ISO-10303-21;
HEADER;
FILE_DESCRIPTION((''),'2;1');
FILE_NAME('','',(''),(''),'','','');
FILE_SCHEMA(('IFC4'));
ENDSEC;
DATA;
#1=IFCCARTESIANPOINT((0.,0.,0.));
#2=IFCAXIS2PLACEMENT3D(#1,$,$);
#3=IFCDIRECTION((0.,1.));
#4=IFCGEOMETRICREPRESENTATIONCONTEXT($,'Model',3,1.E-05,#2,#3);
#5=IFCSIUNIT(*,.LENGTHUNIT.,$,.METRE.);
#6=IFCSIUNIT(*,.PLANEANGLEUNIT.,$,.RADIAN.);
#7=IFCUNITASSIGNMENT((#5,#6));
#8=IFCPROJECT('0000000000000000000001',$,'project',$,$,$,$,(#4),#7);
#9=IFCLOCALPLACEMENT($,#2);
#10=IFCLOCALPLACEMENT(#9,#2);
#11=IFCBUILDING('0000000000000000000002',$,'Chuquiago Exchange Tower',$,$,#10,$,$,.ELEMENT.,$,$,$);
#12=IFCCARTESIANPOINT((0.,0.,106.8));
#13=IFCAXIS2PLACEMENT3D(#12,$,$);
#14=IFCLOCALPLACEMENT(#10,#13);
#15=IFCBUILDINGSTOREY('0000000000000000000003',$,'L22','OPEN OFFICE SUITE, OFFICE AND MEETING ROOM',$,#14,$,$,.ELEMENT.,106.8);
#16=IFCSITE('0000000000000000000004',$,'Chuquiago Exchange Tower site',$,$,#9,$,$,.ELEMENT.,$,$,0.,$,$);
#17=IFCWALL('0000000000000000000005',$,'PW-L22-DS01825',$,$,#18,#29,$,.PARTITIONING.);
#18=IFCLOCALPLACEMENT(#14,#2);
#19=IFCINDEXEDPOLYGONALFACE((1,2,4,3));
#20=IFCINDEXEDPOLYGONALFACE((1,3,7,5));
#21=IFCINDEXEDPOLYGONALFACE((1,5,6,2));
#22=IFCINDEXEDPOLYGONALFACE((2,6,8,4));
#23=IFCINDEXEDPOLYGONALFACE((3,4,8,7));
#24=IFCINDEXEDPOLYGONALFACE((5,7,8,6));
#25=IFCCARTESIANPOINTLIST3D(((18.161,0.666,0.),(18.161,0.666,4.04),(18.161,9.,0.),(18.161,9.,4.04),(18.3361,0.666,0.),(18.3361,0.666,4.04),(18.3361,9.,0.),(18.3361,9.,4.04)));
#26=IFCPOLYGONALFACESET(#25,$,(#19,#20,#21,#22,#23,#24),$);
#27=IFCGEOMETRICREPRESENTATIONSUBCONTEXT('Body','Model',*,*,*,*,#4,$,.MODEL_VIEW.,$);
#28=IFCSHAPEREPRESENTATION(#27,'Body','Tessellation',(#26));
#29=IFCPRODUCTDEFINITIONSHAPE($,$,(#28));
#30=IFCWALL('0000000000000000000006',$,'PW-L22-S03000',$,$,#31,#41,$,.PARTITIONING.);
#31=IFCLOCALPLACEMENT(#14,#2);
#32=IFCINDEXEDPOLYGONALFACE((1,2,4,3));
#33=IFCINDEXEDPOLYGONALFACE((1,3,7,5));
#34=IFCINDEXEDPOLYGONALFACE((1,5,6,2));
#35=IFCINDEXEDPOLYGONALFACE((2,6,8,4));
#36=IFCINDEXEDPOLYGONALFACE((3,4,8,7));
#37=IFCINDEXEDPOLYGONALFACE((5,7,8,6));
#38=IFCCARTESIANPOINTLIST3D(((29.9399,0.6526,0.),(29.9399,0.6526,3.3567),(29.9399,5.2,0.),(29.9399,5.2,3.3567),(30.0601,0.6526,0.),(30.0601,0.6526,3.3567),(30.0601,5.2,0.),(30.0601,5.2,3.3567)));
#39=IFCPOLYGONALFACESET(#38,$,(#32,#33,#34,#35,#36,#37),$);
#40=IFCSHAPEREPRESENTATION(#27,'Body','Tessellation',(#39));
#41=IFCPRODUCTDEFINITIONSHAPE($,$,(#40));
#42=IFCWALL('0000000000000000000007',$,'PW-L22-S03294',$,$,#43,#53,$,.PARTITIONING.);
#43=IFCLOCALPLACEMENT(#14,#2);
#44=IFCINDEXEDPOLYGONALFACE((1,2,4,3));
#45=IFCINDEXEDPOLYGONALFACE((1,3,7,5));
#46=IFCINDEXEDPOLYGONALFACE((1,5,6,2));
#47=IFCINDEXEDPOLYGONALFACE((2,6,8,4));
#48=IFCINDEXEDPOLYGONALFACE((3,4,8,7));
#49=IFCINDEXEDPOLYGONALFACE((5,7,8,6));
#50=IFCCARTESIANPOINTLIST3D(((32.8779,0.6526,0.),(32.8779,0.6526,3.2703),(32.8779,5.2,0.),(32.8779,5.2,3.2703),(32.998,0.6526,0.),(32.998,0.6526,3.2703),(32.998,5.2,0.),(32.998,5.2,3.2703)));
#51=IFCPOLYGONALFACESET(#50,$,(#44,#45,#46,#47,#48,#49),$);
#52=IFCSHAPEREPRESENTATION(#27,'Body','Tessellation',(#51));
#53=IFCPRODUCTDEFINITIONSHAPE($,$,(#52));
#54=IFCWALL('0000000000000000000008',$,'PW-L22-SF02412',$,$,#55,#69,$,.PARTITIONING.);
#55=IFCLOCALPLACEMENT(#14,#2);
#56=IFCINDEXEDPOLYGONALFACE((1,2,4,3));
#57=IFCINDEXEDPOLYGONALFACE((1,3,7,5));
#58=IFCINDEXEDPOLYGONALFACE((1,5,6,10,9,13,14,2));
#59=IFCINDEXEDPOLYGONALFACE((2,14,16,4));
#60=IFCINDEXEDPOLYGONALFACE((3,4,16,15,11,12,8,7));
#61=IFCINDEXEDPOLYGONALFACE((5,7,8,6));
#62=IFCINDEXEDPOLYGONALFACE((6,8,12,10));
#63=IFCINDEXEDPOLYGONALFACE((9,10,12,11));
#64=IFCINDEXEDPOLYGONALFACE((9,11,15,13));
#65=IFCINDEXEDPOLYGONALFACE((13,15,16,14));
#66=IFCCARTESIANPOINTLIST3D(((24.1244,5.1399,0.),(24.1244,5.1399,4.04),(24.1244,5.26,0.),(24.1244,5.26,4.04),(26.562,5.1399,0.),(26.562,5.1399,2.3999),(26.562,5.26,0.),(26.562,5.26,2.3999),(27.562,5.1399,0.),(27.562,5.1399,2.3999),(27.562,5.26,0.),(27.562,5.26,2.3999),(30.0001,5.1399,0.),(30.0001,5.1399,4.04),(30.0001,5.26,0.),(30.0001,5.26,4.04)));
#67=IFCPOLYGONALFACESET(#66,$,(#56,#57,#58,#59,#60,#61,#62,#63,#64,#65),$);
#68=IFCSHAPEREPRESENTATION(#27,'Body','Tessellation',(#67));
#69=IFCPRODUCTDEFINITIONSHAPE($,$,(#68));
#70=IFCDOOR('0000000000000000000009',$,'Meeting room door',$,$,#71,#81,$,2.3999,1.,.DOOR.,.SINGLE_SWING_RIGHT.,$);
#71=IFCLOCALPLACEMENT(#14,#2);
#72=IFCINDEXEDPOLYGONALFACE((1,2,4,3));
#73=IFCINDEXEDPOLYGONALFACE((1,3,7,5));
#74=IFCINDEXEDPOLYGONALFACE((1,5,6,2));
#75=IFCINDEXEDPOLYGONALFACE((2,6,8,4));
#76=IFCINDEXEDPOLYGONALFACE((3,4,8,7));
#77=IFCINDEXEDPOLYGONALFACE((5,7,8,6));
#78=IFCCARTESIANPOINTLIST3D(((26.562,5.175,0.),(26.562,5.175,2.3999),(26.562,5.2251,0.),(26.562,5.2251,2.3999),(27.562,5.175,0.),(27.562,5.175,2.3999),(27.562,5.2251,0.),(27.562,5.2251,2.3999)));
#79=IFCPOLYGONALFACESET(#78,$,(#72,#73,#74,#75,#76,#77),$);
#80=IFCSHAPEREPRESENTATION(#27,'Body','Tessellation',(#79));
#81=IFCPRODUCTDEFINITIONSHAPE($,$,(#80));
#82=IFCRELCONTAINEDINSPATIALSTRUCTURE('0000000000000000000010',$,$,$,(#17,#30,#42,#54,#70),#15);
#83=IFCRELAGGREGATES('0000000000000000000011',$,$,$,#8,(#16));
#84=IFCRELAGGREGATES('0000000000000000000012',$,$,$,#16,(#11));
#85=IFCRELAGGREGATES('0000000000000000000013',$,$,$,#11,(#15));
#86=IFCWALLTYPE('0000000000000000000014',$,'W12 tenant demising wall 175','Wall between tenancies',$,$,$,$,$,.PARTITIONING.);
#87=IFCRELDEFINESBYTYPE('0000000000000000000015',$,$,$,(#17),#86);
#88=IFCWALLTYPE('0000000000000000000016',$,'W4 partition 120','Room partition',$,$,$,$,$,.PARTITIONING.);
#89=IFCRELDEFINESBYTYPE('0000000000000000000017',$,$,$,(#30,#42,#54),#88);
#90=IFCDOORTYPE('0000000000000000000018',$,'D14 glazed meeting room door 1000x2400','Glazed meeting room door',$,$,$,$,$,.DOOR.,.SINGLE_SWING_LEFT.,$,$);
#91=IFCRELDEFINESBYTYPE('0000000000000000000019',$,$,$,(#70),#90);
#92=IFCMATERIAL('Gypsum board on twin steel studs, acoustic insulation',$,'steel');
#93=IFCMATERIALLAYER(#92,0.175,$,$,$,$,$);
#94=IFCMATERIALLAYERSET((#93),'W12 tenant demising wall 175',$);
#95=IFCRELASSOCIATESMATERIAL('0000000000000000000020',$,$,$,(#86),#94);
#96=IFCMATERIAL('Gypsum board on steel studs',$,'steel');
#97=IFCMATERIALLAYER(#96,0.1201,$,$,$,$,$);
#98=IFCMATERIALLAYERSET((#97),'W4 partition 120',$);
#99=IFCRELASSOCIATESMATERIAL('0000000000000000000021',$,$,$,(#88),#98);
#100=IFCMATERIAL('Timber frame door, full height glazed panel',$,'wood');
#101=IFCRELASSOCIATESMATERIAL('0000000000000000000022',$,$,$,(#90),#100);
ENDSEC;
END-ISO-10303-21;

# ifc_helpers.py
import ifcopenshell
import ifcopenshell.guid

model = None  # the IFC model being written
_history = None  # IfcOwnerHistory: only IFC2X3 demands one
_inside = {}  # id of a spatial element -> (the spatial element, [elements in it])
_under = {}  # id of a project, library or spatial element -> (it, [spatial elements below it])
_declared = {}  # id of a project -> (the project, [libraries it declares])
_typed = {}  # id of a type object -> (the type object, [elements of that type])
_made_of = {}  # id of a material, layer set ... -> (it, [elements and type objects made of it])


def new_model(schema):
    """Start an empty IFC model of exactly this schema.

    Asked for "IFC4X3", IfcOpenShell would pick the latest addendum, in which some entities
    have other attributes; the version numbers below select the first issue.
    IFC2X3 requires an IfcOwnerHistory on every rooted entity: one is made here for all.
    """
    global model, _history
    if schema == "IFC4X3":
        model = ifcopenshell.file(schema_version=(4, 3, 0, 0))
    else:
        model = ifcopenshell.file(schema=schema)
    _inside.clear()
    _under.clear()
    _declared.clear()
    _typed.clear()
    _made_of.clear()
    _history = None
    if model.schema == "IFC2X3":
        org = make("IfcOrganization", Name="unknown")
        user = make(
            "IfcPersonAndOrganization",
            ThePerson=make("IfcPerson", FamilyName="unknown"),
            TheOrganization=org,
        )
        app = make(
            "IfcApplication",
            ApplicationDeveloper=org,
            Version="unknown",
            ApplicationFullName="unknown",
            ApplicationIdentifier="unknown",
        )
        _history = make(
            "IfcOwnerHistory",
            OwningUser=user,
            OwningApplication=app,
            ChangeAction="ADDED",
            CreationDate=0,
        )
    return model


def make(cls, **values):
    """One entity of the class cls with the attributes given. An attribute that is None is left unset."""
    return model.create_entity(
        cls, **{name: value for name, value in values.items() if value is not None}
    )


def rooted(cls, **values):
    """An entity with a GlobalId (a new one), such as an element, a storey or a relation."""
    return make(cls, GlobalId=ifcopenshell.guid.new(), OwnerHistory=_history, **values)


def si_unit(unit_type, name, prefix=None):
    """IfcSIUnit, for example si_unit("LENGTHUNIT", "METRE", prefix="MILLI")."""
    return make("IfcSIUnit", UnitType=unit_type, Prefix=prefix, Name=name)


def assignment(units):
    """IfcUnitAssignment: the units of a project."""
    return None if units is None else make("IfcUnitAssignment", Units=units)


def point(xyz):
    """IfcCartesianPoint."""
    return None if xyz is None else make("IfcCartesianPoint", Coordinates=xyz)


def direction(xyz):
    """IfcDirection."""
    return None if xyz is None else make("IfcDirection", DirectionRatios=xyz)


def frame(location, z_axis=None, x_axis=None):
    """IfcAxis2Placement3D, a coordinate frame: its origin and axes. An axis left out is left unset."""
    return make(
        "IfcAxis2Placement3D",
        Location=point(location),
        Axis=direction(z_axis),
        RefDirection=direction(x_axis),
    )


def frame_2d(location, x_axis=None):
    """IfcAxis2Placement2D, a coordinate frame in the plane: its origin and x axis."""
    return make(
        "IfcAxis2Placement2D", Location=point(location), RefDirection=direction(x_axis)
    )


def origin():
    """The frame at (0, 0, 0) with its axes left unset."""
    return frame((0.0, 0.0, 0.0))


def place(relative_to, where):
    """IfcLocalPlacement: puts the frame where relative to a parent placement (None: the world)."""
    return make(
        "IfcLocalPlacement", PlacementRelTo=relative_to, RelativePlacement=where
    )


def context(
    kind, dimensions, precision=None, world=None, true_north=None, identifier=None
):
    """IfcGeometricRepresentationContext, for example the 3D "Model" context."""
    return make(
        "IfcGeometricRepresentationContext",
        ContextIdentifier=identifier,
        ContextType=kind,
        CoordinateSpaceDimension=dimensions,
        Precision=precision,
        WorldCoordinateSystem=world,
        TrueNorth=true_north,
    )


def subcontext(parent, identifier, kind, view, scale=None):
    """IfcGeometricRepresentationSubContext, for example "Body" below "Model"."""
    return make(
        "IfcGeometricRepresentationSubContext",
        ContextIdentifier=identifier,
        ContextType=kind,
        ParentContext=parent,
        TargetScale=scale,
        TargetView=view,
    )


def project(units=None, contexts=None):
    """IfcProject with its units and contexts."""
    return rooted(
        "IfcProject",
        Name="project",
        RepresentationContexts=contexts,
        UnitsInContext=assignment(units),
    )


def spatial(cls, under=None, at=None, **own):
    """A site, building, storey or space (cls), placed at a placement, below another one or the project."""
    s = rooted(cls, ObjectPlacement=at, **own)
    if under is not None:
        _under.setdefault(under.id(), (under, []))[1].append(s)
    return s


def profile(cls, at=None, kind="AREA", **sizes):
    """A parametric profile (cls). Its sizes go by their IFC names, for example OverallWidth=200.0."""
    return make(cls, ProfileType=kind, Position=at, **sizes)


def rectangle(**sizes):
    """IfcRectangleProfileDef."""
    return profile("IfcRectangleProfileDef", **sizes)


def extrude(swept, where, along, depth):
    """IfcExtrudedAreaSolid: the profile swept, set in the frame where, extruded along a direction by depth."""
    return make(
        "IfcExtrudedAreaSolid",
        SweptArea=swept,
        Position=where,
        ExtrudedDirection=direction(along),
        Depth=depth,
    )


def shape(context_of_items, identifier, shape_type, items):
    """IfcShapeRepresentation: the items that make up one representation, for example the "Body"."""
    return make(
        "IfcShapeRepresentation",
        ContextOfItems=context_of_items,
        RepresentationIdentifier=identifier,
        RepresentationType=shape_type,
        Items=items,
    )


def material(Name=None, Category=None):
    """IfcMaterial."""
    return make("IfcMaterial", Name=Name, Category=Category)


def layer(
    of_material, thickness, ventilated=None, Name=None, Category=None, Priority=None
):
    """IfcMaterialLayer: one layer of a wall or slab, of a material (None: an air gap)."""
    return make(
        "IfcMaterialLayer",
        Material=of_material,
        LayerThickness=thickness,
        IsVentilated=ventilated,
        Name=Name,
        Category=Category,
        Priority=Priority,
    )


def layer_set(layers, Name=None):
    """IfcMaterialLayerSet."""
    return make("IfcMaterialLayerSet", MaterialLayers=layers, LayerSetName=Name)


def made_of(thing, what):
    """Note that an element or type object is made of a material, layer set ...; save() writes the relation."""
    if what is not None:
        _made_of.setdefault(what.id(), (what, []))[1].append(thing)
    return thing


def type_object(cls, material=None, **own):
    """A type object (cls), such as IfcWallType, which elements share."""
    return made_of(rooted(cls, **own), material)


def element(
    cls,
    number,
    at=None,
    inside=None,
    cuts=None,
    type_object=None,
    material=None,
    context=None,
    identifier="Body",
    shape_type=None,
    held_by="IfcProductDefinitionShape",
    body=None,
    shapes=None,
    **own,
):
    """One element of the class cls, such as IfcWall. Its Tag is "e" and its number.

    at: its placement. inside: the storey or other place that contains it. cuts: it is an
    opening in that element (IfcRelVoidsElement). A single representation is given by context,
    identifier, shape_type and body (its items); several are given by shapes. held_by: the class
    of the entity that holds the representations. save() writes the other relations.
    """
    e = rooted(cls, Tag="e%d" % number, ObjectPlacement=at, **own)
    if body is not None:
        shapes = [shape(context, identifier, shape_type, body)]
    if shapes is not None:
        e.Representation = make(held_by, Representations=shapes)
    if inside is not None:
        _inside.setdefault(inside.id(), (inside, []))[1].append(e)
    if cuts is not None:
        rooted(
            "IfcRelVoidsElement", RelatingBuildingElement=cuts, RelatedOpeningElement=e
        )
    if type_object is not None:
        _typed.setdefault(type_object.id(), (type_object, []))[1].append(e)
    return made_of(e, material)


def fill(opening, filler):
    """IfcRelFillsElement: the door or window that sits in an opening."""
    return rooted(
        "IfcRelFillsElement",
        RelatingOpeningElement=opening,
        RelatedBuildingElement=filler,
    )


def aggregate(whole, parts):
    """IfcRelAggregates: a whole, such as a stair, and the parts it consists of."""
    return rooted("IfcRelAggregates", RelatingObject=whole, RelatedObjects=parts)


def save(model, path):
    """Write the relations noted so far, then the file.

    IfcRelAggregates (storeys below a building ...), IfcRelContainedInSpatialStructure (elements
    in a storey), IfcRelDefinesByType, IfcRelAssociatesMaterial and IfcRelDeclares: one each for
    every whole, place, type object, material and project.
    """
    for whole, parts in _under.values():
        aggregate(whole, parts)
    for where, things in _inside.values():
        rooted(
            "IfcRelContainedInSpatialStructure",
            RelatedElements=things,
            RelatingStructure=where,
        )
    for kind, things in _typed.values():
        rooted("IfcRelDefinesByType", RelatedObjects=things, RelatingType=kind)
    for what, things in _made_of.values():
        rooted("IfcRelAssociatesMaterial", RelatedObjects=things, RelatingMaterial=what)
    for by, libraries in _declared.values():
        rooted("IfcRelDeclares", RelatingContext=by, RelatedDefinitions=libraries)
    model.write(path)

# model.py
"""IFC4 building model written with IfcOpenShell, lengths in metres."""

from ifc_helpers import new_model, si_unit, direction, frame, frame_2d, origin, place, context, subcontext, project, spatial, rectangle, extrude, material, layer, layer_set, type_object, element, fill, save


model = new_model("IFC4")

# Units and contexts
model_context = context("Model", 3, precision=1e-05, world=origin(), true_north=direction((0.0, 1.0)))
body_context = subcontext(model_context, "Body", "Model", "MODEL_VIEW")
ifc_project = project(units=[si_unit("LENGTHUNIT", "METRE"), si_unit("PLANEANGLEUNIT", "RADIAN")], contexts=[model_context])

# Site, building, storey
site_placement = place(None, origin())
site = spatial("IfcSite", under=ifc_project, at=site_placement, Name="Chuquiago Exchange Tower site", CompositionType="ELEMENT", RefElevation=0.0)
building_placement = place(site_placement, origin())
building = spatial("IfcBuilding", under=site, at=building_placement, Name="Chuquiago Exchange Tower", CompositionType="ELEMENT")
storey_placement = place(building_placement, frame((0.0, 0.0, 106.8)))
storey = spatial("IfcBuildingStorey", under=building, at=storey_placement, Name="L22", Description="OPEN OFFICE SUITE, OFFICE AND MEETING ROOM", CompositionType="ELEMENT", Elevation=106.8)

# Walls
ifc_material_1 = material(Name="Gypsum board on twin steel studs, acoustic insulation", Category="steel")
ifc_layer_1 = layer(ifc_material_1, 0.175)
ifc_layer_set_1 = layer_set([ifc_layer_1], Name="W12 tenant demising wall 175")
wall_type_1 = type_object("IfcWallType", Name="W12 tenant demising wall 175", Description="Wall between tenancies", PredefinedType="PARTITIONING", material=ifc_layer_set_1)
wall_1_placement = place(storey_placement, frame((18.2485, 0.666, 0.0), z_axis=(0.0, 0.0, 1.0), x_axis=(0.0, 1.0, 0.0)))
element("IfcWall", 1, at=wall_1_placement, inside=storey, type_object=wall_type_1, Name="PW-L22-DS01825", PredefinedType="PARTITIONING", context=body_context, shape_type="SweptSolid", body=[
    extrude(rectangle(XDim=8.334, YDim=0.175, at=frame_2d((4.167, 0.0))), origin(), (0.0, 0.0, 1.0), 4.04),
])
ifc_material_2 = material(Name="Gypsum board on steel studs", Category="steel")
ifc_layer_2 = layer(ifc_material_2, 0.1201)
ifc_layer_set_2 = layer_set([ifc_layer_2], Name="W4 partition 120")
wall_type_2 = type_object("IfcWallType", Name="W4 partition 120", Description="Room partition", PredefinedType="PARTITIONING", material=ifc_layer_set_2)
wall_2_placement = place(storey_placement, frame((30.0, 0.6526, 0.0), z_axis=(0.0, 0.0, 1.0), x_axis=(0.0, 1.0, 0.0)))
element("IfcWall", 2, at=wall_2_placement, inside=storey, type_object=wall_type_2, Name="PW-L22-S03000", PredefinedType="PARTITIONING", context=body_context, shape_type="SweptSolid", body=[
    extrude(rectangle(XDim=4.5474, YDim=0.1201, at=frame_2d((2.2737, 0.0))), origin(), (0.0, 0.0, 1.0), 3.3567),
])
wall_3_placement = place(storey_placement, frame((32.938, 0.6526, 0.0), z_axis=(0.0, 0.0, 1.0), x_axis=(0.0, 1.0, 0.0)))
element("IfcWall", 3, at=wall_3_placement, inside=storey, type_object=wall_type_2, Name="PW-L22-S03294", PredefinedType="PARTITIONING", context=body_context, shape_type="SweptSolid", body=[
    extrude(rectangle(XDim=4.5474, YDim=0.1201, at=frame_2d((2.2737, 0.0))), origin(), (0.0, 0.0, 1.0), 3.2703),
])

# Wall, opening, door
wall_4_placement = place(storey_placement, frame((24.1243, 5.2, 0.0), z_axis=(0.0, 0.0, 1.0), x_axis=(1.0, 0.0, 0.0)))
wall_4 = element("IfcWall", 4, at=wall_4_placement, inside=storey, type_object=wall_type_2, Name="PW-L22-SF02412", PredefinedType="PARTITIONING", context=body_context, shape_type="SweptSolid", body=[
    extrude(rectangle(XDim=5.8757, YDim=0.1201, at=frame_2d((2.938, 0.0))), origin(), (0.0, 0.0, 1.0), 4.04),
])
opening_1_placement = place(wall_4_placement, frame((2.4377, 0.0, 0.0)))
opening_1 = element("IfcOpeningElement", 5, at=opening_1_placement, cuts=wall_4, PredefinedType="OPENING", context=body_context, shape_type="SweptSolid", body=[
    extrude(rectangle(XDim=1.0, YDim=2.3999, at=frame_2d((0.5, 1.2))), frame((0.0, 0.0701, 0.0), z_axis=(0.0, -1.0, 0.0), x_axis=(1.0, 0.0, 0.0)), (0.0, 0.0, 1.0), 0.1401),
])
ifc_material_3 = material(Name="Timber frame door, full height glazed panel", Category="wood")
door_type_1 = type_object("IfcDoorType", Name="D14 glazed meeting room door 1000x2400", Description="Glazed meeting room door", OperationType="SINGLE_SWING_LEFT", PredefinedType="DOOR", material=ifc_material_3)
door_1_placement = place(opening_1_placement, frame((1.0, 0.0, 0.0), z_axis=(0.0, 0.0, 1.0), x_axis=(-1.0, 0.0, 0.0)))
door_1 = element("IfcDoor", 6, at=door_1_placement, inside=storey, type_object=door_type_1, Name="Meeting room door", OperationType="SINGLE_SWING_RIGHT", OverallHeight=2.3999, OverallWidth=1.0, PredefinedType="DOOR", context=body_context, shape_type="SweptSolid", body=[
    extrude(rectangle(XDim=1.0, YDim=2.3999, at=frame_2d((0.5, 1.2))), frame((0.0, 0.0249, 0.0), z_axis=(0.0, -1.0, 0.0), x_axis=(1.0, 0.0, 0.0)), (0.0, 0.0, 1.0), 0.05),
])
fill(opening_1, door_1)

save(model, "model.ifc")
